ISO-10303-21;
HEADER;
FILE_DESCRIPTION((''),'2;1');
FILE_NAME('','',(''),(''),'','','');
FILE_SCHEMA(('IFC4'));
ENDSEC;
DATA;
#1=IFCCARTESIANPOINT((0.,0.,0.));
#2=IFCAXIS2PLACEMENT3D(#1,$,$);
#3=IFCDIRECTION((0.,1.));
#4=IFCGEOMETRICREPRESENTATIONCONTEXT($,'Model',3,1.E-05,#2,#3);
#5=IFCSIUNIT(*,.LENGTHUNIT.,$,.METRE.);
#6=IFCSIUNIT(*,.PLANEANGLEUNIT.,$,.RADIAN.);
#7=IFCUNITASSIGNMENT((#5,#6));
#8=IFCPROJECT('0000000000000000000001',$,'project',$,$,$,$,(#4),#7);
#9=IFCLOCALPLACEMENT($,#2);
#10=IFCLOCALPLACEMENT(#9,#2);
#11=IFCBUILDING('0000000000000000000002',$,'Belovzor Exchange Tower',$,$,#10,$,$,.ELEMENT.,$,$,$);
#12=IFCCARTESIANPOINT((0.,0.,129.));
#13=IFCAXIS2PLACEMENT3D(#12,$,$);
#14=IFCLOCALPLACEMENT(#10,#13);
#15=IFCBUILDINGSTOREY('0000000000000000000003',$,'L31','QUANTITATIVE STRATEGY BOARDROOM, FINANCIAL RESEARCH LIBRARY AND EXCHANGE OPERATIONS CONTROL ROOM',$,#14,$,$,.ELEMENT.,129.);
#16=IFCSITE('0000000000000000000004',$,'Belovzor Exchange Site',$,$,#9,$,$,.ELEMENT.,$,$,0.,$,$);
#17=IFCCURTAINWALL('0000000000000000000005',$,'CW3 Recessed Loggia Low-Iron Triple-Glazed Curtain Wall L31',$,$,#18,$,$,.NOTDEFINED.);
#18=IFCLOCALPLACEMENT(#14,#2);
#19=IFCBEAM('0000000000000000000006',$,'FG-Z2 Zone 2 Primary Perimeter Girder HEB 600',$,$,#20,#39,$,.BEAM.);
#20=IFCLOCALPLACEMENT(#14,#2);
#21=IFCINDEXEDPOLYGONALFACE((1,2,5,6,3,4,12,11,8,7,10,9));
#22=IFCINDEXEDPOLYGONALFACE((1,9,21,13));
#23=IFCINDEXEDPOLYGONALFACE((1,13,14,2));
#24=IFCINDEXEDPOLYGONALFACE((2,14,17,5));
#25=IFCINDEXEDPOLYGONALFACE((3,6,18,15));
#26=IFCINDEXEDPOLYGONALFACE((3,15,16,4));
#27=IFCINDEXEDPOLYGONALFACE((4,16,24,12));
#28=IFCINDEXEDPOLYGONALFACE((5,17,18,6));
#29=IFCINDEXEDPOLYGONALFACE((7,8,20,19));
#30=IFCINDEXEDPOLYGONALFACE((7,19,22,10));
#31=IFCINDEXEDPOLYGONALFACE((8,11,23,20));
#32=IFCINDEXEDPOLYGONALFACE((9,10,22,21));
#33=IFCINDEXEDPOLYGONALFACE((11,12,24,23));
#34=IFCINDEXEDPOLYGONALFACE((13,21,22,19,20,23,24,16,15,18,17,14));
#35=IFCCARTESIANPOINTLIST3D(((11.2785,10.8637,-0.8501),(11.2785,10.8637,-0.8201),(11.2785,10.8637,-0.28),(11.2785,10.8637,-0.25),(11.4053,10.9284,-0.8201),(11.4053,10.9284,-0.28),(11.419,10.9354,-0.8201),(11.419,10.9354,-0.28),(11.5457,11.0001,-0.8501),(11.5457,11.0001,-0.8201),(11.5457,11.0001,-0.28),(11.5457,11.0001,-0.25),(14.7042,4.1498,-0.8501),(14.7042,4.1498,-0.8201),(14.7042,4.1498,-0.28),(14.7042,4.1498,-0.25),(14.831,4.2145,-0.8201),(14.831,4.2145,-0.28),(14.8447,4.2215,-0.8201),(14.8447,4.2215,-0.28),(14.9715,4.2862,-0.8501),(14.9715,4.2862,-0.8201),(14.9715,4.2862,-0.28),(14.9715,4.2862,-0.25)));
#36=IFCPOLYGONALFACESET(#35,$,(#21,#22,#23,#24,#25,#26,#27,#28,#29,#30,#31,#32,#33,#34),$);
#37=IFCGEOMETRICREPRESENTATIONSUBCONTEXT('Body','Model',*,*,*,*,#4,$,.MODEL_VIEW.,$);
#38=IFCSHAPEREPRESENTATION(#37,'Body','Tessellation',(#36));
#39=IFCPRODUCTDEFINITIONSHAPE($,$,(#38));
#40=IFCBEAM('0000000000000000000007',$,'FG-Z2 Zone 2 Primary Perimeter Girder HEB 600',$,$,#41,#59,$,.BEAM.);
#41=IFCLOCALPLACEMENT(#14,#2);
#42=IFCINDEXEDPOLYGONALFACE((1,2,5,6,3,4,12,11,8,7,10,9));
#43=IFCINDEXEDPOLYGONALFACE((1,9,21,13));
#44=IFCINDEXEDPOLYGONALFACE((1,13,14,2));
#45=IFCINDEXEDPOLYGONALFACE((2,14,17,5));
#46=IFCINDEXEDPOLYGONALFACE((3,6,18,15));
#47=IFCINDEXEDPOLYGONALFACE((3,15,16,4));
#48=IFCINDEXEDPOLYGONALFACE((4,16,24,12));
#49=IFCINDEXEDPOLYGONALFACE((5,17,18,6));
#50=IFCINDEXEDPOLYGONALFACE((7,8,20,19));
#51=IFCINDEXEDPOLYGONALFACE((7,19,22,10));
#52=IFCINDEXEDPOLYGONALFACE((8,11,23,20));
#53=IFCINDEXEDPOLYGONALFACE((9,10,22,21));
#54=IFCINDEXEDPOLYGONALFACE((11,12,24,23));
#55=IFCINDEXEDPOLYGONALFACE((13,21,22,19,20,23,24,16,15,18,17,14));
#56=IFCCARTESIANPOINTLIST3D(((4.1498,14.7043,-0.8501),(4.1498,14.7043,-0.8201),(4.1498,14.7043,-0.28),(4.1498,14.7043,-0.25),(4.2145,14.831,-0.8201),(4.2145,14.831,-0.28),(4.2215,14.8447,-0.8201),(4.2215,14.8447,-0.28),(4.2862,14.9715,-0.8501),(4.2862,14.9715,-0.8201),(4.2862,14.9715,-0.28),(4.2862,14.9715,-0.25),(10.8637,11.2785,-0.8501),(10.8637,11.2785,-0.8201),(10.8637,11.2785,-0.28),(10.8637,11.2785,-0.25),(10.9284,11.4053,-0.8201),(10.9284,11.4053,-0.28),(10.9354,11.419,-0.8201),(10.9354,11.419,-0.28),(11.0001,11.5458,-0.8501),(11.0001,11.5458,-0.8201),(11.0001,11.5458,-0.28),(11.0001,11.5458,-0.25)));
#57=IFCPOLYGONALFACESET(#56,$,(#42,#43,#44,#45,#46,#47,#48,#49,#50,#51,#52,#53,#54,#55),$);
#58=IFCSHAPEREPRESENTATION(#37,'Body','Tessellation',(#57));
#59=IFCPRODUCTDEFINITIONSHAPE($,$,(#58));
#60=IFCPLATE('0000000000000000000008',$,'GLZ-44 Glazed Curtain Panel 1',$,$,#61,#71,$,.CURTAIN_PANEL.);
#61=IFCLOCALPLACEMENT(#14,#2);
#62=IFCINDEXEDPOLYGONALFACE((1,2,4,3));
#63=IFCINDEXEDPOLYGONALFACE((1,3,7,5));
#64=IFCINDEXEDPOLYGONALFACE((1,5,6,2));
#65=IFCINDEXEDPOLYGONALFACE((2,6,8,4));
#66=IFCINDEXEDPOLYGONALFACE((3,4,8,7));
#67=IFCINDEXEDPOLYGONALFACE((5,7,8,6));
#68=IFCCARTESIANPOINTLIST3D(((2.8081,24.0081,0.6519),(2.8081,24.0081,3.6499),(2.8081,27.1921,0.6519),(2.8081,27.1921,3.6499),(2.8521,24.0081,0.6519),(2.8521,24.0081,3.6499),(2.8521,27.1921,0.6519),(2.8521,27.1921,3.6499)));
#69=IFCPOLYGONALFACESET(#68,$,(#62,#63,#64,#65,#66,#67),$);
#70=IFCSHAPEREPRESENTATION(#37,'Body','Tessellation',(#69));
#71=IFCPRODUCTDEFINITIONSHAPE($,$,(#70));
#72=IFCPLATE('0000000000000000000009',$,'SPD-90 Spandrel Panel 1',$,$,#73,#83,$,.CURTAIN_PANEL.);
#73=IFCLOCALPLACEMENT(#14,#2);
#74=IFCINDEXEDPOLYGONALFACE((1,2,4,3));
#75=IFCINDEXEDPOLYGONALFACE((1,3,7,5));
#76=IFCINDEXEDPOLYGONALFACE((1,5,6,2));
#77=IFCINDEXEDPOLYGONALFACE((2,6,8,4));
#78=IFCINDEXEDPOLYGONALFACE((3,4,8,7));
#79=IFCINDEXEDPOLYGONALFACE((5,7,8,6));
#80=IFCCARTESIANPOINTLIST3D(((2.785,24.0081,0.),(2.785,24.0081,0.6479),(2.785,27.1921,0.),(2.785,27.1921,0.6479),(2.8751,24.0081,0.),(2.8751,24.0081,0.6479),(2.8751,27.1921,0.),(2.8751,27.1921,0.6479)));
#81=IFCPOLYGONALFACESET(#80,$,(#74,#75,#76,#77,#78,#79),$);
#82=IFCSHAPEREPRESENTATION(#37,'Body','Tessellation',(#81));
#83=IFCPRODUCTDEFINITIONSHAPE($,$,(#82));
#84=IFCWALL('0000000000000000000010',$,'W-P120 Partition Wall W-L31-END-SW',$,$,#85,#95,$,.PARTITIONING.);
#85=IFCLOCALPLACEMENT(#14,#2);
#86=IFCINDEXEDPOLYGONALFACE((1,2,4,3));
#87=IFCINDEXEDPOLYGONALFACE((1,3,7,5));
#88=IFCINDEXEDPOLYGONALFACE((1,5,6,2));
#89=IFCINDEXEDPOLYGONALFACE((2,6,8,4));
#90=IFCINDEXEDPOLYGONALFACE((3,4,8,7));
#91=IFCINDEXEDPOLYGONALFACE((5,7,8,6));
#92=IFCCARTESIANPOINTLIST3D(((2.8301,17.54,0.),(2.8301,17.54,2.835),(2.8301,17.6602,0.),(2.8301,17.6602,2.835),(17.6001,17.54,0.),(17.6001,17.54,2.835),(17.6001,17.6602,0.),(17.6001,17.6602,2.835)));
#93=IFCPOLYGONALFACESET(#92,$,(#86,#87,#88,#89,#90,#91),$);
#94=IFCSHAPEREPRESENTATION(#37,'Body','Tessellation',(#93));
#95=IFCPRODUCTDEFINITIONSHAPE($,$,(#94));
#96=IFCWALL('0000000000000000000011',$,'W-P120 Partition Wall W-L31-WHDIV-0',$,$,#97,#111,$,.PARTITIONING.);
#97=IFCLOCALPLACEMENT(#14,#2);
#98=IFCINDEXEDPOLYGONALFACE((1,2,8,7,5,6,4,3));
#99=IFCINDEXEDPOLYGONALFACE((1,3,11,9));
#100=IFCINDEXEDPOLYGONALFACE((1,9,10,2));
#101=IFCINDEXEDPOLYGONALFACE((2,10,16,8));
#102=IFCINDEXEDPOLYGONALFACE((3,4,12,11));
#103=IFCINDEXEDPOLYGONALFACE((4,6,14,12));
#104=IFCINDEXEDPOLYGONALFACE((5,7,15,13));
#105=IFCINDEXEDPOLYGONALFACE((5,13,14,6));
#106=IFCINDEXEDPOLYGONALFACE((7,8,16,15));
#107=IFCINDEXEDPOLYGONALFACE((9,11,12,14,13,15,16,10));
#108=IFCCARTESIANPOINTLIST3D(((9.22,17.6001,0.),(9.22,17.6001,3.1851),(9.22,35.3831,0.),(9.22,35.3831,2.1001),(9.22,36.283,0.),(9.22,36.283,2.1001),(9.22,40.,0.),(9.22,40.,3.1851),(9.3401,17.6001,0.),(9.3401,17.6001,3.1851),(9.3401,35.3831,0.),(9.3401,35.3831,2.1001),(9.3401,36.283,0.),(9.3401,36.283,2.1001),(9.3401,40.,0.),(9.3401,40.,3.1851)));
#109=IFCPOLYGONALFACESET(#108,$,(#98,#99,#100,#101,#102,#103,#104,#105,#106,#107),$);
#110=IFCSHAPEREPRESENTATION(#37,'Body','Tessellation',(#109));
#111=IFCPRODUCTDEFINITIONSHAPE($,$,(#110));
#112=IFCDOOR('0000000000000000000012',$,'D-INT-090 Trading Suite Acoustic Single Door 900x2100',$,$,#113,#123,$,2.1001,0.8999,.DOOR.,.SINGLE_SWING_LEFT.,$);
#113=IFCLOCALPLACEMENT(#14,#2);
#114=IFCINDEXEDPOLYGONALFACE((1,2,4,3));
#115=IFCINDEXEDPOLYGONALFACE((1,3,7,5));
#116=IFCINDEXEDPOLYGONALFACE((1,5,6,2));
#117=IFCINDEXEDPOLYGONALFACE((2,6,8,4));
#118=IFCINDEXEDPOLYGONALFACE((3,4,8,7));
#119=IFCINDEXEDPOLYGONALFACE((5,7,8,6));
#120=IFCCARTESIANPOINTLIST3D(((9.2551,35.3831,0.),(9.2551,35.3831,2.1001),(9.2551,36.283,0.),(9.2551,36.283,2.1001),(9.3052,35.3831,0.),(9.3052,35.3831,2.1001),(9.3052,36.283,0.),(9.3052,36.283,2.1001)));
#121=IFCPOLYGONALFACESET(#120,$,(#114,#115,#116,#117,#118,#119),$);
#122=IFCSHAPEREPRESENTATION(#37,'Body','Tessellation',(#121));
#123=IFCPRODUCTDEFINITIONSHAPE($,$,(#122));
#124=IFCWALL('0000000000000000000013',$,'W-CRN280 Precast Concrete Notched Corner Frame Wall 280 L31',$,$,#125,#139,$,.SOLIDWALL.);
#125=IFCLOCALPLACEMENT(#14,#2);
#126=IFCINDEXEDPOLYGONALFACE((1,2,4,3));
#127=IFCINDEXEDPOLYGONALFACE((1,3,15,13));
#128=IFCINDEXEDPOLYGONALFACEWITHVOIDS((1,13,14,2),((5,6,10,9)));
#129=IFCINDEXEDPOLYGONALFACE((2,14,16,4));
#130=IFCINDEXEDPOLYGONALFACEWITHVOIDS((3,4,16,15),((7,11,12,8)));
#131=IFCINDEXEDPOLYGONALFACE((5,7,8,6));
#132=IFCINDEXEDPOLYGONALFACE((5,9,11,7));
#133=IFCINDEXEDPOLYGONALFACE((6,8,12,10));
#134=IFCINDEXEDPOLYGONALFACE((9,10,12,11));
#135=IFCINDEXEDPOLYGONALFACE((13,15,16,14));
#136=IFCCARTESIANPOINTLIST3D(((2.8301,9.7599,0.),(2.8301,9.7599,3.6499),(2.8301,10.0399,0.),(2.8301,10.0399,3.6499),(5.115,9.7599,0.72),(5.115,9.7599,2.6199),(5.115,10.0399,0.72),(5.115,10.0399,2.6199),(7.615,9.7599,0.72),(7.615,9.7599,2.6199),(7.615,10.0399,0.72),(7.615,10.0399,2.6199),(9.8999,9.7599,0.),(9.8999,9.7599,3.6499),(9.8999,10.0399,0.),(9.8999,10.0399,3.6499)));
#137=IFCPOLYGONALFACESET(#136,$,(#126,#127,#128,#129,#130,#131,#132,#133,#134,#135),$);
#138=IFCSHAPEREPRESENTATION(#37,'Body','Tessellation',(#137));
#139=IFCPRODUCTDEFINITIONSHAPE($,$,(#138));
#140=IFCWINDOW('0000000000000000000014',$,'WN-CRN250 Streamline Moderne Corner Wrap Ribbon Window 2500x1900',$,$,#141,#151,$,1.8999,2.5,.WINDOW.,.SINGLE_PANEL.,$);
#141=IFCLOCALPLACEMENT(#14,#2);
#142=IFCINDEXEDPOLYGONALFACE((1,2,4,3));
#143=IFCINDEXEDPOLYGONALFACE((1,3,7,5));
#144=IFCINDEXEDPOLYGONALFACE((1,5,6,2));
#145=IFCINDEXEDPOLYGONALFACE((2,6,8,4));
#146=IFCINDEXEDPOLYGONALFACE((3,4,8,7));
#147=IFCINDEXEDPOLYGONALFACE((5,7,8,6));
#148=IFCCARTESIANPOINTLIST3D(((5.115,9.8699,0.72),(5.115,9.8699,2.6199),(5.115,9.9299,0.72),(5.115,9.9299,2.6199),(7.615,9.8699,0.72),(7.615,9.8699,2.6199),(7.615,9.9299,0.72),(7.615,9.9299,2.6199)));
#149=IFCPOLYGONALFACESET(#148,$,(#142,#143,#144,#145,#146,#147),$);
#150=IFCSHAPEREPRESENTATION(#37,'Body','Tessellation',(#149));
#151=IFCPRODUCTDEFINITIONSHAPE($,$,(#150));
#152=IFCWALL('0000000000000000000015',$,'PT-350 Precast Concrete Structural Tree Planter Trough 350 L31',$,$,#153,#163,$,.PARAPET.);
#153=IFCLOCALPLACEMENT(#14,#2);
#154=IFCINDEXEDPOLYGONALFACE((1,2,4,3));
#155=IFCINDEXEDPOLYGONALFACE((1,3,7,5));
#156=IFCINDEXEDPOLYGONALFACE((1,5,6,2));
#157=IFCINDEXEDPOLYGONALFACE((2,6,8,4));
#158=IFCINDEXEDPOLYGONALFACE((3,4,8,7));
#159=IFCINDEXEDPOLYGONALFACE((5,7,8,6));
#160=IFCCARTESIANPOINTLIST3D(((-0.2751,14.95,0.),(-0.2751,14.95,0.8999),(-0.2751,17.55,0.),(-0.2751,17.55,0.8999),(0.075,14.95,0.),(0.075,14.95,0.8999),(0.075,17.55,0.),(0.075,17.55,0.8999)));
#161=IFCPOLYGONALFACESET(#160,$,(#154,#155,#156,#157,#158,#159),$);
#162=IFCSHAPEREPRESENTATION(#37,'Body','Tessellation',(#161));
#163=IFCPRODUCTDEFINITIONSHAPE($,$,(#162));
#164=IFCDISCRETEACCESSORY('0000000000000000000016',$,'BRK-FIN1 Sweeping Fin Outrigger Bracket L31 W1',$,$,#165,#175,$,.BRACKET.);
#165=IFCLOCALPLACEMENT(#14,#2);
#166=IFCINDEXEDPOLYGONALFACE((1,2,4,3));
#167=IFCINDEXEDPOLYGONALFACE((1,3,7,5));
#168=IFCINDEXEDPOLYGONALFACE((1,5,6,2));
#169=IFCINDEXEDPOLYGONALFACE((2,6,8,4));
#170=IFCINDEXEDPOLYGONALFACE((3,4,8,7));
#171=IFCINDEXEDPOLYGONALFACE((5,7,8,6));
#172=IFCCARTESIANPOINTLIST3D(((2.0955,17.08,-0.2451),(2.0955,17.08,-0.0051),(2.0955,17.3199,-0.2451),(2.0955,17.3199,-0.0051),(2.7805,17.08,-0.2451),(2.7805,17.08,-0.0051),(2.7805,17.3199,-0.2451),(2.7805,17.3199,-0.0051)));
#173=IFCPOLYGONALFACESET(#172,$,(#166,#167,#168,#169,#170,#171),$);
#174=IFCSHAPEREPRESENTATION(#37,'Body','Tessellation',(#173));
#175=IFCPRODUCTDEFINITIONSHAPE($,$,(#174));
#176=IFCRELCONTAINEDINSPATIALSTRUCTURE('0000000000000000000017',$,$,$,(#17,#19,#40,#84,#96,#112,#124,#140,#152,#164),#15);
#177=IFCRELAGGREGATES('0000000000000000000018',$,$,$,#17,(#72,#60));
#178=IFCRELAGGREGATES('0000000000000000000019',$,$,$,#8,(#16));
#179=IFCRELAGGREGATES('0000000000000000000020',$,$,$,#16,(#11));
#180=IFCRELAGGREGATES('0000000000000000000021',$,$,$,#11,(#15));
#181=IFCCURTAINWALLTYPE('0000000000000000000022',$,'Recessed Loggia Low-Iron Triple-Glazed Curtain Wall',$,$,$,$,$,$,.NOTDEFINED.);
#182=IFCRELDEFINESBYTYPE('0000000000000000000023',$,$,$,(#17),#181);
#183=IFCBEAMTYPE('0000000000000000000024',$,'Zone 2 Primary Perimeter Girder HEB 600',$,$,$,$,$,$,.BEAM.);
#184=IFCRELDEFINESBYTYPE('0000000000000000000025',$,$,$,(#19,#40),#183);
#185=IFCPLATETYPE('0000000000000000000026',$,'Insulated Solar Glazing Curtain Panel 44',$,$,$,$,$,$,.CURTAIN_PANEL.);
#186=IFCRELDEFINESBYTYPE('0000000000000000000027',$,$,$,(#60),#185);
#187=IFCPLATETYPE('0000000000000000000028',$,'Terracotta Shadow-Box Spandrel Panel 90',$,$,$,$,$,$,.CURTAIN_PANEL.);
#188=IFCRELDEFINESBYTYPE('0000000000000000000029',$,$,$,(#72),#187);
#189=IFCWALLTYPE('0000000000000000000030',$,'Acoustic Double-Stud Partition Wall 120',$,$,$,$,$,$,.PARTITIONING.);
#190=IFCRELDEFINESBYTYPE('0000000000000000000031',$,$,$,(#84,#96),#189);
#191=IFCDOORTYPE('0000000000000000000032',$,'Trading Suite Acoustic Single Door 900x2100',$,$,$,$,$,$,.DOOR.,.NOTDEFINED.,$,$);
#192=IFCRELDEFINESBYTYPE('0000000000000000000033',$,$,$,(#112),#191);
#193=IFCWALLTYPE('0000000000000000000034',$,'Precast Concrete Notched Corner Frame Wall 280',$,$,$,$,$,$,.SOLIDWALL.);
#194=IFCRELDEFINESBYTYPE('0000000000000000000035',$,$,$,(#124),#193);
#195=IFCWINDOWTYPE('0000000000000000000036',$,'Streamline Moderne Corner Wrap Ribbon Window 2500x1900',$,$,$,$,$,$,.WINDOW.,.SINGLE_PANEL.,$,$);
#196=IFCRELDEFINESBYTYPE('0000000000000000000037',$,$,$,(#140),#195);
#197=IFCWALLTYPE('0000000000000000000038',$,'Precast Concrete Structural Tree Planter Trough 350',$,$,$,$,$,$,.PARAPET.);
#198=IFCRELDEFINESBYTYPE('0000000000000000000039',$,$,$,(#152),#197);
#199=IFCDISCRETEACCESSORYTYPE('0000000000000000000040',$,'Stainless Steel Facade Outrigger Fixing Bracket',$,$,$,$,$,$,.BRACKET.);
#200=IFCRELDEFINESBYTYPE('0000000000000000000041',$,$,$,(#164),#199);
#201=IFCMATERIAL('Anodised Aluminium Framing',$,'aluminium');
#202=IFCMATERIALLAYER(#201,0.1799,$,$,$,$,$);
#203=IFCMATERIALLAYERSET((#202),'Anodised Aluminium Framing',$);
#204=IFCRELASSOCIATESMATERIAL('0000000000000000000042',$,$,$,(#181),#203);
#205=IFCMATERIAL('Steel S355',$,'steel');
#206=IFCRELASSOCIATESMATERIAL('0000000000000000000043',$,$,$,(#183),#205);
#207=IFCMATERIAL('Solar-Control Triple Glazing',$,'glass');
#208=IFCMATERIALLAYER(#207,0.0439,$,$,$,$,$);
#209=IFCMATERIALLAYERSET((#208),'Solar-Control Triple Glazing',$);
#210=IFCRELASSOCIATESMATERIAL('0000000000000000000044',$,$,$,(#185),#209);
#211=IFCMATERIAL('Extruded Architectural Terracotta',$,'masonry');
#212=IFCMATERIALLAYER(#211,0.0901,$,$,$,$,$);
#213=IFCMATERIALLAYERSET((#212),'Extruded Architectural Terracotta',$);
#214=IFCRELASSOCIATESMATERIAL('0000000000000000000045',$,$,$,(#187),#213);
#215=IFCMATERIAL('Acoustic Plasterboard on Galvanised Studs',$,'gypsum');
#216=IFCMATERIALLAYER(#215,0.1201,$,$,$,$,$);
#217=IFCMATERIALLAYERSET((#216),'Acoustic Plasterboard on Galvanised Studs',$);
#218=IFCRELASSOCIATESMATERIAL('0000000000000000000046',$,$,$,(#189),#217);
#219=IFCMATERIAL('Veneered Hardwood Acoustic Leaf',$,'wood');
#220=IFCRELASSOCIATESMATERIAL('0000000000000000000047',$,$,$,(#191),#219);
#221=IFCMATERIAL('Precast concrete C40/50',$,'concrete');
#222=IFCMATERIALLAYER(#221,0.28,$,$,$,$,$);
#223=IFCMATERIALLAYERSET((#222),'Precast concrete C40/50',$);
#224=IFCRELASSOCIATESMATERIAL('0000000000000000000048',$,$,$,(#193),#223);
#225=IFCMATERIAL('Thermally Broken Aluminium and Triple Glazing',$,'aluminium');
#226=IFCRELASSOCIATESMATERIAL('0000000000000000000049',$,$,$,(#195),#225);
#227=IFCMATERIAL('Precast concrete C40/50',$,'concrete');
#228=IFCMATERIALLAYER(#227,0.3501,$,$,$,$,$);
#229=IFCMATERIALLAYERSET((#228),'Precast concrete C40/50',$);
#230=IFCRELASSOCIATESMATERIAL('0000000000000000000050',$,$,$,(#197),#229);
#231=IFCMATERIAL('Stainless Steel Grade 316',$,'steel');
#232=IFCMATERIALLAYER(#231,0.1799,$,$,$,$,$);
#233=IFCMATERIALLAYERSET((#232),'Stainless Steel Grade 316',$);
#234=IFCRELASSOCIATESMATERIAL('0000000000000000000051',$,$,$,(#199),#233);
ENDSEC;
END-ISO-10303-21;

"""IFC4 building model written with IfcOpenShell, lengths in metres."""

from ifc_helpers import new_model, si_unit, direction, frame, frame_2d, origin, origin_2d, place, context, subcontext, project, spatial, rectangle, i_section, extrude, material, layer, layer_set, material_profile, profile_set, type_object, element, fill, aggregate, save


model = new_model("IFC4")

# Units and contexts
model_context = context("Model", 3, precision=1e-05, world=origin(), true_north=direction((0.0, 1.0)))
body_context = subcontext(model_context, "Body", "Model", "MODEL_VIEW")
ifc_project = project(units=[si_unit("LENGTHUNIT", "METRE"), si_unit("PLANEANGLEUNIT", "RADIAN")], contexts=[model_context])

# Site, building, storey
site_placement = place(None, origin())
site = spatial("IfcSite", under=ifc_project, at=site_placement, Name="Belovzor Exchange Site", CompositionType="ELEMENT", RefElevation=0.0)
building_placement = place(site_placement, origin())
building = spatial("IfcBuilding", under=site, at=building_placement, Name="Belovzor Exchange Tower", CompositionType="ELEMENT")
storey_placement = place(building_placement, frame((0.0, 0.0, 129.0)))
storey = spatial("IfcBuildingStorey", under=building, at=storey_placement, Name="L31", Description="QUANTITATIVE STRATEGY BOARDROOM, FINANCIAL RESEARCH LIBRARY AND EXCHANGE OPERATIONS CONTROL ROOM", CompositionType="ELEMENT", Elevation=129.0)

# Curtain wall
ifc_material_1 = material(Name="Anodised Aluminium Framing", Category="aluminium")
ifc_layer_1 = layer(ifc_material_1, 0.1799)
ifc_layer_set_1 = layer_set([ifc_layer_1], Name="Anodised Aluminium Framing")
curtain_wall_type = type_object("IfcCurtainWallType", Name="Recessed Loggia Low-Iron Triple-Glazed Curtain Wall", PredefinedType="NOTDEFINED", material=ifc_layer_set_1)
curtain_wall_placement = place(storey_placement, origin())
curtain_wall = element("IfcCurtainWall", 1, at=curtain_wall_placement, inside=storey, type_object=curtain_wall_type, Name="CW3 Recessed Loggia Low-Iron Triple-Glazed Curtain Wall L31", PredefinedType="NOTDEFINED")

# Beams
ifc_material_2 = material(Name="Steel S355", Category="steel")
ifc_material_profile_1 = material_profile(ifc_material_2, i_section(OverallWidth=0.3, OverallDepth=0.6001, WebThickness=0.0154, FlangeThickness=0.03, at=origin_2d()))
ifc_profile_set_1 = profile_set([ifc_material_profile_1], Name="Steel S355")
beam_type_1 = type_object("IfcBeamType", Name="Zone 2 Primary Perimeter Girder HEB 600", PredefinedType="BEAM", material=ifc_profile_set_1)
for number, where, z_axis, x_axis, name in (
    (2, (11.4121, 10.9319, -0.55), (0.454506, -0.890744, 0.0), (0.890744, 0.454506, 0.0), "FG-Z2 Zone 2 Primary Perimeter Girder HEB 600"),
    (3, (4.218, 14.8379, -0.55), (0.890744, -0.454506, 0.0), (0.454506, 0.890744, 0.0), "FG-Z2 Zone 2 Primary Perimeter Girder HEB 600"),
):
    element("IfcBeam", number, at=place(storey_placement, frame(where, z_axis=z_axis, x_axis=x_axis)), inside=storey, type_object=beam_type_1, Name=name, PredefinedType="BEAM", context=body_context, shape_type="SweptSolid", body=[
        extrude(i_section(OverallWidth=0.3, OverallDepth=0.6001, WebThickness=0.0154, FlangeThickness=0.03, at=origin_2d()), origin(), (0.0, 0.0, 1.0), 7.5374),
    ])

# Plates
ifc_material_3 = material(Name="Solar-Control Triple Glazing", Category="glass")
ifc_layer_2 = layer(ifc_material_3, 0.0439)
ifc_layer_set_2 = layer_set([ifc_layer_2], Name="Solar-Control Triple Glazing")
plate_type_1 = type_object("IfcPlateType", Name="Insulated Solar Glazing Curtain Panel 44", PredefinedType="CURTAIN_PANEL", material=ifc_layer_set_2)
plate_1_placement = place(storey_placement, frame((2.8301, 25.6001, 0.6519), z_axis=(0.0, 0.0, 1.0), x_axis=(0.0, 1.0, 0.0)))
plate_1 = element("IfcPlate", 4, at=plate_1_placement, type_object=plate_type_1, Name="GLZ-44 Glazed Curtain Panel 1", PredefinedType="CURTAIN_PANEL", context=body_context, shape_type="SweptSolid", body=[
    extrude(rectangle(XDim=3.1841, YDim=0.0439, at=origin_2d()), origin(), (0.0, 0.0, 1.0), 2.998),
])
ifc_material_4 = material(Name="Extruded Architectural Terracotta", Category="masonry")
ifc_layer_3 = layer(ifc_material_4, 0.0901)
ifc_layer_set_3 = layer_set([ifc_layer_3], Name="Extruded Architectural Terracotta")
plate_type_2 = type_object("IfcPlateType", Name="Terracotta Shadow-Box Spandrel Panel 90", PredefinedType="CURTAIN_PANEL", material=ifc_layer_set_3)
plate_2_placement = place(storey_placement, frame((2.8301, 25.6001, 0.0), z_axis=(0.0, 0.0, 1.0), x_axis=(0.0, 1.0, 0.0)))
plate_2 = element("IfcPlate", 5, at=plate_2_placement, type_object=plate_type_2, Name="SPD-90 Spandrel Panel 1", PredefinedType="CURTAIN_PANEL", context=body_context, shape_type="SweptSolid", body=[
    extrude(rectangle(XDim=3.1841, YDim=0.0901, at=origin_2d()), origin(), (0.0, 0.0, 1.0), 0.6479),
])
aggregate(curtain_wall, [plate_2, plate_1])

# Wall
ifc_material_5 = material(Name="Acoustic Plasterboard on Galvanised Studs", Category="gypsum")
ifc_layer_4 = layer(ifc_material_5, 0.1201)
ifc_layer_set_4 = layer_set([ifc_layer_4], Name="Acoustic Plasterboard on Galvanised Studs")
wall_type_1 = type_object("IfcWallType", Name="Acoustic Double-Stud Partition Wall 120", PredefinedType="PARTITIONING", material=ifc_layer_set_4)
wall_1_placement = place(storey_placement, frame((2.8301, 17.6001, 0.0), z_axis=(0.0, 0.0, 1.0), x_axis=(1.0, 0.0, 0.0)))
element("IfcWall", 6, at=wall_1_placement, inside=storey, type_object=wall_type_1, Name="W-P120 Partition Wall W-L31-END-SW", PredefinedType="PARTITIONING", context=body_context, shape_type="SweptSolid", body=[
    extrude(rectangle(XDim=14.77, YDim=0.1201, at=frame_2d((7.385, 0.0))), origin(), (0.0, 0.0, 1.0), 2.835),
])

# Wall, opening, door
wall_2_placement = place(storey_placement, frame((9.28, 17.6001, 0.0), z_axis=(0.0, 0.0, 1.0), x_axis=(0.0, 1.0, 0.0)))
wall_2 = element("IfcWall", 7, at=wall_2_placement, inside=storey, type_object=wall_type_1, Name="W-P120 Partition Wall W-L31-WHDIV-0", PredefinedType="PARTITIONING", context=body_context, shape_type="SweptSolid", body=[
    extrude(rectangle(XDim=22.3999, YDim=0.1201, at=frame_2d((11.2, 0.0))), origin(), (0.0, 0.0, 1.0), 3.1851),
])
opening_1_placement = place(wall_2_placement, frame((17.783, 0.0, 0.0)))
opening_1 = element("IfcOpeningElement", 8, at=opening_1_placement, cuts=wall_2, PredefinedType="OPENING", context=body_context, shape_type="SweptSolid", body=[
    extrude(rectangle(XDim=0.8999, YDim=2.1001, at=frame_2d((0.45, 1.05))), frame((0.0, 0.0701, 0.0), z_axis=(0.0, -1.0, 0.0), x_axis=(1.0, 0.0, 0.0)), (0.0, 0.0, 1.0), 0.1401),
])
ifc_material_6 = material(Name="Veneered Hardwood Acoustic Leaf", Category="wood")
door_type = type_object("IfcDoorType", Name="Trading Suite Acoustic Single Door 900x2100", OperationType="NOTDEFINED", PredefinedType="DOOR", material=ifc_material_6)
door_placement = place(opening_1_placement, origin())
door = element("IfcDoor", 9, at=door_placement, inside=storey, type_object=door_type, Name="D-INT-090 Trading Suite Acoustic Single Door 900x2100", OperationType="SINGLE_SWING_LEFT", OverallHeight=2.1001, OverallWidth=0.8999, PredefinedType="DOOR", context=body_context, shape_type="SweptSolid", body=[
    extrude(rectangle(XDim=0.8999, YDim=2.1001, at=frame_2d((0.45, 1.05))), frame((0.0, 0.0249, 0.0), z_axis=(0.0, -1.0, 0.0), x_axis=(1.0, 0.0, 0.0)), (0.0, 0.0, 1.0), 0.05),
])
fill(opening_1, door)

# Wall, opening, window
ifc_material_7 = material(Name="Precast concrete C40/50", Category="concrete")
ifc_layer_5 = layer(ifc_material_7, 0.28)
ifc_layer_set_5 = layer_set([ifc_layer_5], Name="Precast concrete C40/50")
wall_type_2 = type_object("IfcWallType", Name="Precast Concrete Notched Corner Frame Wall 280", PredefinedType="SOLIDWALL", material=ifc_layer_set_5)
wall_3_placement = place(storey_placement, frame((9.8999, 9.8999, 0.0), z_axis=(0.0, 0.0, 1.0), x_axis=(-1.0, 0.0, 0.0)))
wall_3 = element("IfcWall", 10, at=wall_3_placement, inside=storey, type_object=wall_type_2, Name="W-CRN280 Precast Concrete Notched Corner Frame Wall 280 L31", PredefinedType="SOLIDWALL", context=body_context, shape_type="SweptSolid", body=[
    extrude(rectangle(XDim=7.0698, YDim=0.28, at=frame_2d((3.5349, 0.0))), origin(), (0.0, 0.0, 1.0), 3.6499),
])
opening_2_placement = place(wall_3_placement, frame((2.2849, 0.0, 0.72)))
opening_2 = element("IfcOpeningElement", 11, at=opening_2_placement, cuts=wall_3, PredefinedType="OPENING", context=body_context, shape_type="SweptSolid", body=[
    extrude(rectangle(XDim=2.5, YDim=1.8999, at=frame_2d((1.25, 0.95))), frame((0.0, 0.1499, 0.0), z_axis=(0.0, -1.0, 0.0), x_axis=(1.0, 0.0, 0.0)), (0.0, 0.0, 1.0), 0.3),
])
ifc_material_8 = material(Name="Thermally Broken Aluminium and Triple Glazing", Category="aluminium")
window_type = type_object("IfcWindowType", Name="Streamline Moderne Corner Wrap Ribbon Window 2500x1900", PartitioningType="SINGLE_PANEL", PredefinedType="WINDOW", material=ifc_material_8)
window_placement = place(opening_2_placement, origin())
window = element("IfcWindow", 12, at=window_placement, inside=storey, type_object=window_type, Name="WN-CRN250 Streamline Moderne Corner Wrap Ribbon Window 2500x1900", OverallHeight=1.8999, OverallWidth=2.5, PartitioningType="SINGLE_PANEL", PredefinedType="WINDOW", context=body_context, shape_type="SweptSolid", body=[
    extrude(rectangle(XDim=2.5, YDim=1.8999, at=frame_2d((1.25, 0.95))), frame((0.0, 0.03, 0.0), z_axis=(0.0, -1.0, 0.0), x_axis=(1.0, 0.0, 0.0)), (0.0, 0.0, 1.0), 0.0601),
])
fill(opening_2, window)

# Wall
ifc_material_9 = material(Name="Precast concrete C40/50", Category="concrete")
ifc_layer_6 = layer(ifc_material_9, 0.3501)
ifc_layer_set_6 = layer_set([ifc_layer_6], Name="Precast concrete C40/50")
wall_type_3 = type_object("IfcWallType", Name="Precast Concrete Structural Tree Planter Trough 350", PredefinedType="PARAPET", material=ifc_layer_set_6)
wall_4_placement = place(storey_placement, frame((-0.1001, 14.95, 0.0), z_axis=(0.0, 0.0, 1.0), x_axis=(0.0, 1.0, 0.0)))
element("IfcWall", 13, at=wall_4_placement, inside=storey, type_object=wall_type_3, Name="PT-350 Precast Concrete Structural Tree Planter Trough 350 L31", PredefinedType="PARAPET", context=body_context, shape_type="SweptSolid", body=[
    extrude(rectangle(XDim=2.6001, YDim=0.3501, at=frame_2d((1.3, 0.0))), origin(), (0.0, 0.0, 1.0), 0.8999),
])

# Discrete accessory
ifc_material_10 = material(Name="Stainless Steel Grade 316", Category="steel")
ifc_layer_7 = layer(ifc_material_10, 0.1799)
ifc_layer_set_7 = layer_set([ifc_layer_7], Name="Stainless Steel Grade 316")
discrete_accessory_type = type_object("IfcDiscreteAccessoryType", Name="Stainless Steel Facade Outrigger Fixing Bracket", PredefinedType="BRACKET", material=ifc_layer_set_7)
for number, where, z_axis, x_axis, name in (
    (14, (2.438, 17.2, -0.2451), (0.0, 0.0, 1.0), (1.0, 0.0, 0.0), "BRK-FIN1 Sweeping Fin Outrigger Bracket L31 W1"),
):
    element("IfcDiscreteAccessory", number, at=place(storey_placement, frame(where, z_axis=z_axis, x_axis=x_axis)), inside=storey, type_object=discrete_accessory_type, Name=name, PredefinedType="BRACKET", context=body_context, shape_type="SweptSolid", body=[
        extrude(rectangle(XDim=0.6851, YDim=0.24, at=origin_2d()), origin(), (0.0, 0.0, 1.0), 0.24),
    ])

save(model, "model.ifc")
